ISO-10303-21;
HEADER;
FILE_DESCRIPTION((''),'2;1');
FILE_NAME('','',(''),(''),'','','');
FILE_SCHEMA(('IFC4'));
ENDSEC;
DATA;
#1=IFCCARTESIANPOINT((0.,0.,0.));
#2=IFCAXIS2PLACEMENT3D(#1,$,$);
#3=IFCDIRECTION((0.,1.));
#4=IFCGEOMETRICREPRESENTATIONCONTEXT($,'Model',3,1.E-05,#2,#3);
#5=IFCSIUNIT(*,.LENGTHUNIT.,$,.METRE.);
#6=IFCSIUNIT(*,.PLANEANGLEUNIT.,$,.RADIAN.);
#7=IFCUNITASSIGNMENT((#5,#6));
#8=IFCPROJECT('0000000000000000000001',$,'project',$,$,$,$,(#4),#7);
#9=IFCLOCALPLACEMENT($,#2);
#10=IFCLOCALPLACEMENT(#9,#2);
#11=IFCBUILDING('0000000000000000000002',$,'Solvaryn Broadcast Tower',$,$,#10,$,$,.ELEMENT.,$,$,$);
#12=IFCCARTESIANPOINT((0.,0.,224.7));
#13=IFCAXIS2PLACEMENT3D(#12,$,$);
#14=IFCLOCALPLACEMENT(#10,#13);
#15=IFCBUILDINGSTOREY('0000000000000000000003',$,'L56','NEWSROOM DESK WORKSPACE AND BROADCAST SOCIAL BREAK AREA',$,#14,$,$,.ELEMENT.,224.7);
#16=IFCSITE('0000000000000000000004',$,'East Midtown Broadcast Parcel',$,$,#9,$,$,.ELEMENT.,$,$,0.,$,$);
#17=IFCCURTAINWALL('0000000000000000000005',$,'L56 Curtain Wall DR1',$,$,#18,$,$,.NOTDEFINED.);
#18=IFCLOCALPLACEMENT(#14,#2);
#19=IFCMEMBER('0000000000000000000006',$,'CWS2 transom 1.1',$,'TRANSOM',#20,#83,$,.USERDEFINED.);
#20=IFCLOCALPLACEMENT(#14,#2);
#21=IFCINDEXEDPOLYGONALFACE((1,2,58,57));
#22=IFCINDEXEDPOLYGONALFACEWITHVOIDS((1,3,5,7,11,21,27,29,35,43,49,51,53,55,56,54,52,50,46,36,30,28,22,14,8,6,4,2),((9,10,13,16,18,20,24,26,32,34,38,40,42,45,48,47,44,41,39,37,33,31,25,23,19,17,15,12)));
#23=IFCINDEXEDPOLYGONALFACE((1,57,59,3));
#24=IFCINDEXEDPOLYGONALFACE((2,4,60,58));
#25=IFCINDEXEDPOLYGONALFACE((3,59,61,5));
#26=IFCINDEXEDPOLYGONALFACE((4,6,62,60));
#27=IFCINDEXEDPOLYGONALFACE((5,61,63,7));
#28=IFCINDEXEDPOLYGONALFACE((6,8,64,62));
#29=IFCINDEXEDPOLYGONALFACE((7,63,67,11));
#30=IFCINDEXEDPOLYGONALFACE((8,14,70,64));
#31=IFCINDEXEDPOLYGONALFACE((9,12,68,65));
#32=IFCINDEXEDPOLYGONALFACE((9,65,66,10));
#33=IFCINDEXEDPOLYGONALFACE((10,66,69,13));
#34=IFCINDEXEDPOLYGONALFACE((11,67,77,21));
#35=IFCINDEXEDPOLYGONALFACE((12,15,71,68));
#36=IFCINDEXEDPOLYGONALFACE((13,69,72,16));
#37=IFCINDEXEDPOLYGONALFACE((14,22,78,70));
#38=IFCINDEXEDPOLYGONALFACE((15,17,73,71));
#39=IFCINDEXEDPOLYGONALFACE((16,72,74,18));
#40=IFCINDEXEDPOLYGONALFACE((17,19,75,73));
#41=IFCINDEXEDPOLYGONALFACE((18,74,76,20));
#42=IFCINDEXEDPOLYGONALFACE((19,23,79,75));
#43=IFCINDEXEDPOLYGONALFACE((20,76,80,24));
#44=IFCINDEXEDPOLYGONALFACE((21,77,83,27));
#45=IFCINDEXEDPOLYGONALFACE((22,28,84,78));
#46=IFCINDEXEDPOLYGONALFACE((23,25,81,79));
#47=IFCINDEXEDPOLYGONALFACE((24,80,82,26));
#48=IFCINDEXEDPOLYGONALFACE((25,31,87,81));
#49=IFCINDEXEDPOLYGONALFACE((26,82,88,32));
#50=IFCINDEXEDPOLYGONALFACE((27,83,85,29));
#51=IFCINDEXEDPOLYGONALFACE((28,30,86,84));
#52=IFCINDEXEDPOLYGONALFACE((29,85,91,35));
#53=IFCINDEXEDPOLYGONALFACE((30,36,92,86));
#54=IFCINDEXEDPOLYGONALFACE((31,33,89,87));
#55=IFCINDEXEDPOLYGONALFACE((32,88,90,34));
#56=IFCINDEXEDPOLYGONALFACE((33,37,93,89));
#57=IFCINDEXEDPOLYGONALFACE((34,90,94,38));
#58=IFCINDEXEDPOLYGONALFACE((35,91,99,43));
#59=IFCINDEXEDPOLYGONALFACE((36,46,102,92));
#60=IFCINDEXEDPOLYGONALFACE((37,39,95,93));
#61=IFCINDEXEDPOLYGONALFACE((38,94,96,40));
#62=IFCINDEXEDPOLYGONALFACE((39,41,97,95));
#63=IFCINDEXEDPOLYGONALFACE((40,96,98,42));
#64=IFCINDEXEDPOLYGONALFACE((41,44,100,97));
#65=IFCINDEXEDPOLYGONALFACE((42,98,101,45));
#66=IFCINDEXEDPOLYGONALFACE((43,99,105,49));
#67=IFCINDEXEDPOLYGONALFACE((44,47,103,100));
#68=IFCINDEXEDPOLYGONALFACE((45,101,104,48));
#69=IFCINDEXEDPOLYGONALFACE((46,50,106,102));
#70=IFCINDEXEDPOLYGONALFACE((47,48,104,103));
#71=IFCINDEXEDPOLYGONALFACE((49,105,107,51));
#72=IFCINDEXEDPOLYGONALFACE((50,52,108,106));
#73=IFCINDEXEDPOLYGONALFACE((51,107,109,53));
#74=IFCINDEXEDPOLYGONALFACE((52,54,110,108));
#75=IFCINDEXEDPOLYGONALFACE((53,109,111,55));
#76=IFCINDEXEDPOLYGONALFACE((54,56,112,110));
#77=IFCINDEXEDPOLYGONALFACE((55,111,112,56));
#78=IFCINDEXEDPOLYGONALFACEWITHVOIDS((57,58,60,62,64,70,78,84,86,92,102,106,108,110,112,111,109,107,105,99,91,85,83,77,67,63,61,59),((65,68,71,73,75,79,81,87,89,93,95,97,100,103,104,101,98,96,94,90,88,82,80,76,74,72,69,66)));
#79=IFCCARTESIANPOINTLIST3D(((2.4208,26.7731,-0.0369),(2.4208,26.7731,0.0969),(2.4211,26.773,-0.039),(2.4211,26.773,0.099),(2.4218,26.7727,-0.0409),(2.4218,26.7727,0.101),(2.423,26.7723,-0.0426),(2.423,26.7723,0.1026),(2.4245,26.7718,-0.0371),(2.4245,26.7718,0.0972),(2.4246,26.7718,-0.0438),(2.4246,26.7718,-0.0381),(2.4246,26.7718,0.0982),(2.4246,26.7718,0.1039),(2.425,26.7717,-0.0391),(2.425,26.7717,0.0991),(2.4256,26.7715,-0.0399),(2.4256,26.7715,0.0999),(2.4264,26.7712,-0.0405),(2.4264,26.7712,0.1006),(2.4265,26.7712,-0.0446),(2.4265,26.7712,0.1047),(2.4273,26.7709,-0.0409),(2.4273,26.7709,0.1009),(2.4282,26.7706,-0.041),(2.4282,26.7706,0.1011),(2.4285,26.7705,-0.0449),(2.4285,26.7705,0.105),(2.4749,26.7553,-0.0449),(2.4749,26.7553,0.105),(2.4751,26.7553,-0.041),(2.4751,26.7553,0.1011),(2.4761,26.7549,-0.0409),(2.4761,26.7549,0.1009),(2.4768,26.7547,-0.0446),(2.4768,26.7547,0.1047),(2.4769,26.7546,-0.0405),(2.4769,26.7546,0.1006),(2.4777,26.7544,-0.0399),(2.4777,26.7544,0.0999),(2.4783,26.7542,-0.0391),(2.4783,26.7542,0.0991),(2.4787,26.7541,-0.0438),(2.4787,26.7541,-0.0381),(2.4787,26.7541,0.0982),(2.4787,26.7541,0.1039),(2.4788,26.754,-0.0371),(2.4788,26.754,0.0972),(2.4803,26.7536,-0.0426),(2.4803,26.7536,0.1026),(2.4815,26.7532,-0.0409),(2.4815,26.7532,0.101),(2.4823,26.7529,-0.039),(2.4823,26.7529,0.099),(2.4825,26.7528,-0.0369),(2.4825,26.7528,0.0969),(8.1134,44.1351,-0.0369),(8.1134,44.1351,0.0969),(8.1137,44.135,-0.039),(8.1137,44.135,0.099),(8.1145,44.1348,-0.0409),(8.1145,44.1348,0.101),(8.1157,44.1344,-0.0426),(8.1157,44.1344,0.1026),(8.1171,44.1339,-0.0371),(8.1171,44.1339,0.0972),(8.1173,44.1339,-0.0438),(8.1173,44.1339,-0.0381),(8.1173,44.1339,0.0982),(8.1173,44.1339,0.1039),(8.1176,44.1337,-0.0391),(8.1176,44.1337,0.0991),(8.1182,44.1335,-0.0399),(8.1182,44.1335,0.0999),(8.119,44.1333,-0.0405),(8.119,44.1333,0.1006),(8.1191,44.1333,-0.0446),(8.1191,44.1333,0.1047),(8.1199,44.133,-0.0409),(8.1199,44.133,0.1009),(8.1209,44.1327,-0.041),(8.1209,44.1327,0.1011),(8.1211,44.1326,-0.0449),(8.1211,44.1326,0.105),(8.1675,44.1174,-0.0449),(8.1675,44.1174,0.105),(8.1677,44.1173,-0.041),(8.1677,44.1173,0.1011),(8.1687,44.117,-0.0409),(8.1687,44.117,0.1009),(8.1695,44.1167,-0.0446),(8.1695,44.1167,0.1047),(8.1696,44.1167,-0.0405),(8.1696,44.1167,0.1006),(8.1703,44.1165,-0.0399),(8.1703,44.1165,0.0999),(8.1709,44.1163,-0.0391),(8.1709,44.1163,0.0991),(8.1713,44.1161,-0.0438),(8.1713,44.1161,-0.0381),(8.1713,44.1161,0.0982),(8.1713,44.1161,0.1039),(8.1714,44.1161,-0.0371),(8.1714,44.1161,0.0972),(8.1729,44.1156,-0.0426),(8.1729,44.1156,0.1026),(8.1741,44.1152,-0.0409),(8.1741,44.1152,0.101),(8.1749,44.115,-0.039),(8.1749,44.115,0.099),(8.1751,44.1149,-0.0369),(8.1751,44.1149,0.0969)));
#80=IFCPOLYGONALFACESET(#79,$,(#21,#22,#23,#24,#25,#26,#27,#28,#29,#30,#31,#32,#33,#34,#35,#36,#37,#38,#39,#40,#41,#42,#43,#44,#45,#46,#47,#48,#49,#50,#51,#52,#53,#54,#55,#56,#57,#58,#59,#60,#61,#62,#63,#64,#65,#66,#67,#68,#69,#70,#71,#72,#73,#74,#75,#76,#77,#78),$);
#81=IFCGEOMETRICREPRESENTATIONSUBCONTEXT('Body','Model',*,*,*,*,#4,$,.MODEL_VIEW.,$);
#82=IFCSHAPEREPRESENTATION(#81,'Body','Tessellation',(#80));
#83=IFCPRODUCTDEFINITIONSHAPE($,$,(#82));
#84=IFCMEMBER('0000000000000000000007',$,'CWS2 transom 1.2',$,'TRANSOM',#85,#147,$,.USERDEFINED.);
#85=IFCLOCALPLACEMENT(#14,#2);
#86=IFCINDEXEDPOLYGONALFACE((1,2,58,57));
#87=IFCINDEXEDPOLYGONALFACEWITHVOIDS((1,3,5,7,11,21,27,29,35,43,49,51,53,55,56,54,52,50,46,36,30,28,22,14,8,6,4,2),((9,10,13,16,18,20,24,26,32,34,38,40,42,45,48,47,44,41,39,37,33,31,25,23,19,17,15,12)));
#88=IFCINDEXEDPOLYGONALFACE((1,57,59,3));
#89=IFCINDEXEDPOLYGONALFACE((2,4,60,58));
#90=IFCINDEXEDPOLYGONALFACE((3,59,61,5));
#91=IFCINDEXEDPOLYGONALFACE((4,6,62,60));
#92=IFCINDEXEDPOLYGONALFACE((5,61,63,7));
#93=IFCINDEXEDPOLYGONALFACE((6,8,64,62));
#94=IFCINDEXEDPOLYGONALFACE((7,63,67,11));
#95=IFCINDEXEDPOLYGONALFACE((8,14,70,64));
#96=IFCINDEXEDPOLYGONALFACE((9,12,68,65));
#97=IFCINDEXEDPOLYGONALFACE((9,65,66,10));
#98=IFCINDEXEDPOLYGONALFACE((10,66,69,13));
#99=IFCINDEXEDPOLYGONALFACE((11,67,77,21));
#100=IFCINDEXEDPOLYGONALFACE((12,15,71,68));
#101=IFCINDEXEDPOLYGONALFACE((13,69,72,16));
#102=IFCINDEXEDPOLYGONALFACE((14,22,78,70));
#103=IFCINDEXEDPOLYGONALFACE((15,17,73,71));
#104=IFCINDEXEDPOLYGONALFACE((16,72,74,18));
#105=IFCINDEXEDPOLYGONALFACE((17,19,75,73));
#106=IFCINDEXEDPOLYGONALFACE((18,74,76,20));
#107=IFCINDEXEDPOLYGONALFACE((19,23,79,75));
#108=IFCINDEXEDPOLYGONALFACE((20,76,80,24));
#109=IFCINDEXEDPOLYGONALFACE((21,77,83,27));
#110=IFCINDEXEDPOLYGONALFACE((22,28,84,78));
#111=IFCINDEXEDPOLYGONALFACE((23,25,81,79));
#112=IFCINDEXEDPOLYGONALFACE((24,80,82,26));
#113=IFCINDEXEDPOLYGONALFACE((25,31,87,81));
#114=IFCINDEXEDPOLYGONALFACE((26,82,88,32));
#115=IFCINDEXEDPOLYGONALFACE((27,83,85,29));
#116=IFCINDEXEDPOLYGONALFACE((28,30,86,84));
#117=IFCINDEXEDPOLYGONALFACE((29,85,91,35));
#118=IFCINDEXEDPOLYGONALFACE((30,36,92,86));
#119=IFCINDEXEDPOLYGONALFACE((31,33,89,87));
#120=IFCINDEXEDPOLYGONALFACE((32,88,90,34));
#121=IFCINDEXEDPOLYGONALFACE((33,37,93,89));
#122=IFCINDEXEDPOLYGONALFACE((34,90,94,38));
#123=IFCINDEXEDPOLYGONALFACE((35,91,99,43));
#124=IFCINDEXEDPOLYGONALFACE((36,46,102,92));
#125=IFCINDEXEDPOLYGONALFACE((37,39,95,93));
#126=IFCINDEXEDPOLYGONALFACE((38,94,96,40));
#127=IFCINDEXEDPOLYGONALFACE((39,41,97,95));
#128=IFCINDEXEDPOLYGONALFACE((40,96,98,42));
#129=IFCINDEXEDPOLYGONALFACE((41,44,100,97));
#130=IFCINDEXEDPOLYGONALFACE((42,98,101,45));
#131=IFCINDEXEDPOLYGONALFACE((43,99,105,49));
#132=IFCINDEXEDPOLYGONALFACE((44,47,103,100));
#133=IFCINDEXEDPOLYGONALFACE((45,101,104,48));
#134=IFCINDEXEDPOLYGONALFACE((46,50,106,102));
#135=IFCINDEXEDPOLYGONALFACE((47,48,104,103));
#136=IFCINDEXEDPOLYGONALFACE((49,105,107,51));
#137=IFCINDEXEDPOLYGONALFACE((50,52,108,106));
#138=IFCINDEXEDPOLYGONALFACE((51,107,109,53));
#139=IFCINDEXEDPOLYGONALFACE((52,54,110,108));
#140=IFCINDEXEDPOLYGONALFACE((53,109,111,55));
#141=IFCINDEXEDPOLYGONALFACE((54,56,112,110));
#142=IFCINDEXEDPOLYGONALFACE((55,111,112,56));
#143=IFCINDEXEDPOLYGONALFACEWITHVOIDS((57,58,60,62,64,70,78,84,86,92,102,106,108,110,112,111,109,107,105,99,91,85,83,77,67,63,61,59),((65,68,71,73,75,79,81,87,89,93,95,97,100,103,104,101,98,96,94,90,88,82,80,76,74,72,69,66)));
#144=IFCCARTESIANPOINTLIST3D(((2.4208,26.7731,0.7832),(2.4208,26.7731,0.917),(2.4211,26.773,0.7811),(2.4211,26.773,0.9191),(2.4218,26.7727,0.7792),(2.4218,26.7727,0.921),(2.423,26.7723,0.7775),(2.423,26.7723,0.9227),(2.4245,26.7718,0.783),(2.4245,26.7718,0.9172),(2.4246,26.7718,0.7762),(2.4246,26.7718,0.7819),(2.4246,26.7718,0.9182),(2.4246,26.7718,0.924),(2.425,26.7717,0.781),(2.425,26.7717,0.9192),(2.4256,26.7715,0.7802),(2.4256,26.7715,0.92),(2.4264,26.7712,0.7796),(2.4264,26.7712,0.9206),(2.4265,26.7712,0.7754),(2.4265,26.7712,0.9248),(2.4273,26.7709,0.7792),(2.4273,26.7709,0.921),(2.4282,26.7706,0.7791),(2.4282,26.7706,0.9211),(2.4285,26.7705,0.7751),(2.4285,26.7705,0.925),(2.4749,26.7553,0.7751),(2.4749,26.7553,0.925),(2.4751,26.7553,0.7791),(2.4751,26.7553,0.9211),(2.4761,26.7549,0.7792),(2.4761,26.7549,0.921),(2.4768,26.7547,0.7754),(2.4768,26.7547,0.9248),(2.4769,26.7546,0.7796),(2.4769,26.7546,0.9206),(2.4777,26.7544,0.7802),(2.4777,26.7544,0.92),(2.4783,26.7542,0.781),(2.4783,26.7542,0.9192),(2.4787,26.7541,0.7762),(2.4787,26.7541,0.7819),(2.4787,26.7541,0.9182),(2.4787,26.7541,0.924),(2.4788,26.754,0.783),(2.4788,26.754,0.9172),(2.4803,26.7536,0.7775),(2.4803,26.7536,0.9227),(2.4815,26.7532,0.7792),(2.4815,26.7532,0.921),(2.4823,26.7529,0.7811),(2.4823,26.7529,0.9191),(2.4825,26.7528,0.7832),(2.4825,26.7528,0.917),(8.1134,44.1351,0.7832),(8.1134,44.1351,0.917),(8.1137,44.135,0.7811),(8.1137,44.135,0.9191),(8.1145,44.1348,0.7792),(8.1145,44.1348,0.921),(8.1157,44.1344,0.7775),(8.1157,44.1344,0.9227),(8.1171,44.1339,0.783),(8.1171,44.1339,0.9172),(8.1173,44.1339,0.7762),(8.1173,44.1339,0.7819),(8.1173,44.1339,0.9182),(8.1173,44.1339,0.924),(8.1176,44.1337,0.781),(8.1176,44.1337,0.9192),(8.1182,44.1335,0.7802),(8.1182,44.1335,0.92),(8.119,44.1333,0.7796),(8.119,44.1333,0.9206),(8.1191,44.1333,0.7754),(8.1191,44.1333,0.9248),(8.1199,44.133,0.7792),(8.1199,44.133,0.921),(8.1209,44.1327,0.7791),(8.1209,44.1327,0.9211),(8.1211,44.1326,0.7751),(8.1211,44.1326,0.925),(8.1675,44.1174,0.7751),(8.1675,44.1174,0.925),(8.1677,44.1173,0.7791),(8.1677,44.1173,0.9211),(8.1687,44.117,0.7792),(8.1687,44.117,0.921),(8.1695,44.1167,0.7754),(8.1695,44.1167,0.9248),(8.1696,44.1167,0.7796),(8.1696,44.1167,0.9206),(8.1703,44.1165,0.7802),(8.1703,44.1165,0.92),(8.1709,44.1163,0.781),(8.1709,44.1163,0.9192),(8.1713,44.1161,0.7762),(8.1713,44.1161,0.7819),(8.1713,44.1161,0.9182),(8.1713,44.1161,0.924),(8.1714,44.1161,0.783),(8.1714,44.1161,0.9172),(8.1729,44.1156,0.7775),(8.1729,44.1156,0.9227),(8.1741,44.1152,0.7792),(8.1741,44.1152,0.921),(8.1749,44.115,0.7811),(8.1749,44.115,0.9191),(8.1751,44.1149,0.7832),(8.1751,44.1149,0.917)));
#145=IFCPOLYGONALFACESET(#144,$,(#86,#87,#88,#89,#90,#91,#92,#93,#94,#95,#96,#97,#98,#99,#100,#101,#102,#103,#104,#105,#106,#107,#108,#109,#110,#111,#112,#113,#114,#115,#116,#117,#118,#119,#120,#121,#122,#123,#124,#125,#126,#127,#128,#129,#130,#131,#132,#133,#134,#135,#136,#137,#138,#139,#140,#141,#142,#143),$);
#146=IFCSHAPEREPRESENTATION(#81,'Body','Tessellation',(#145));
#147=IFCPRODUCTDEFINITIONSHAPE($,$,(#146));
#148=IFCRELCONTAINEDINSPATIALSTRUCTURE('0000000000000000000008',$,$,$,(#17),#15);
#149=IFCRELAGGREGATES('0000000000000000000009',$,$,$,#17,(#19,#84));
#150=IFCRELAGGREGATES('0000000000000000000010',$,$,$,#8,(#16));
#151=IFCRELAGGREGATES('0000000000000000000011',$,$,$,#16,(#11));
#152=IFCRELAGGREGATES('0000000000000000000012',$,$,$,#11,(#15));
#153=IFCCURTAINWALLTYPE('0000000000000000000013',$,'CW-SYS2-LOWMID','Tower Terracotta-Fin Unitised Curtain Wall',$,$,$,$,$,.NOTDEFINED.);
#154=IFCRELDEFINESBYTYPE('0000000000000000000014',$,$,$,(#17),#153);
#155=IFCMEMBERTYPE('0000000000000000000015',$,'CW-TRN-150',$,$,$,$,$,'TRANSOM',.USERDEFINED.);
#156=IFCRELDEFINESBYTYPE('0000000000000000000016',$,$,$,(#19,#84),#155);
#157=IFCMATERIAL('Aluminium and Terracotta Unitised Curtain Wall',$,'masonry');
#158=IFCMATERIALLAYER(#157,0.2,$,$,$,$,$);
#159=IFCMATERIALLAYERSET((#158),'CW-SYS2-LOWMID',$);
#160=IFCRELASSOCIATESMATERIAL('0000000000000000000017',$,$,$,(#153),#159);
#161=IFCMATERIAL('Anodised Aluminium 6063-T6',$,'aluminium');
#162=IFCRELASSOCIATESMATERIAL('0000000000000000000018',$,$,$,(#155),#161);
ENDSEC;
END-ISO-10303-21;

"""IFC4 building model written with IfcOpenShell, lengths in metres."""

from ifc_helpers import new_model, si_unit, direction, frame, origin, origin_2d, place, context, subcontext, project, spatial, hollow_rectangle, extrude, material, layer, layer_set, material_profile, profile_set, type_object, element, aggregate, save


model = new_model("IFC4")

# Units and contexts
model_context = context("Model", 3, precision=1e-05, world=origin(), true_north=direction((0.0, 1.0)))
body_context = subcontext(model_context, "Body", "Model", "MODEL_VIEW")
ifc_project = project(units=[si_unit("LENGTHUNIT", "METRE"), si_unit("PLANEANGLEUNIT", "RADIAN")], contexts=[model_context])

# Site, building, storey
site_placement = place(None, origin())
site = spatial("IfcSite", under=ifc_project, at=site_placement, Name="East Midtown Broadcast Parcel", CompositionType="ELEMENT", RefElevation=0.0)
building_placement = place(site_placement, origin())
building = spatial("IfcBuilding", under=site, at=building_placement, Name="Solvaryn Broadcast Tower", CompositionType="ELEMENT")
storey_placement = place(building_placement, frame((0.0, 0.0, 224.7)))
storey = spatial("IfcBuildingStorey", under=building, at=storey_placement, Name="L56", Description="NEWSROOM DESK WORKSPACE AND BROADCAST SOCIAL BREAK AREA", CompositionType="ELEMENT", Elevation=224.7)

# Curtain wall
ifc_material_1 = material(Name="Aluminium and Terracotta Unitised Curtain Wall", Category="masonry")
ifc_layer_1 = layer(ifc_material_1, 0.2)
ifc_layer_set_1 = layer_set([ifc_layer_1], Name="CW-SYS2-LOWMID")
curtain_wall_type = type_object("IfcCurtainWallType", Name="CW-SYS2-LOWMID", Description="Tower Terracotta-Fin Unitised Curtain Wall", PredefinedType="NOTDEFINED", material=ifc_layer_set_1)
curtain_wall_1_placement = place(storey_placement, origin())
curtain_wall_1 = element("IfcCurtainWall", 1, at=curtain_wall_1_placement, inside=storey, type_object=curtain_wall_type, Name="L56 Curtain Wall DR1", PredefinedType="NOTDEFINED")

# Members
ifc_material_2 = material(Name="Anodised Aluminium 6063-T6", Category="aluminium")
ifc_material_profile_1 = material_profile(ifc_material_2, hollow_rectangle(XDim=0.0649, YDim=0.1499, WallThickness=0.0039, InnerFilletRadius=0.0039, OuterFilletRadius=0.0081, at=origin_2d()))
ifc_profile_set_1 = profile_set([ifc_material_profile_1], Name="Anodised Aluminium 6063-T6")
member_type_1 = type_object("IfcMemberType", Name="CW-TRN-150", ElementType="TRANSOM", PredefinedType="USERDEFINED", material=ifc_profile_set_1)
member_1_placement = place(storey_placement, frame((8.1443, 44.125, 0.03), z_axis=(-0.311558, -0.950227, 0.0), x_axis=(0.950227, -0.311558, 0.0)))
member_1 = element("IfcMember", 2, at=member_1_placement, type_object=member_type_1, Name="CWS2 transom 1.1", ObjectType="TRANSOM", PredefinedType="USERDEFINED", context=body_context, shape_type="SweptSolid", body=[
    extrude(hollow_rectangle(XDim=0.0649, YDim=0.1499, WallThickness=0.0039, InnerFilletRadius=0.0039, OuterFilletRadius=0.0081, at=origin_2d()), origin(), (0.0, 0.0, 1.0), 18.2715),
])
member_2_placement = place(storey_placement, frame((8.1443, 44.125, 0.8501), z_axis=(-0.311558, -0.950227, 0.0), x_axis=(0.950227, -0.311558, 0.0)))
member_2 = element("IfcMember", 3, at=member_2_placement, type_object=member_type_1, Name="CWS2 transom 1.2", ObjectType="TRANSOM", PredefinedType="USERDEFINED", context=body_context, shape_type="SweptSolid", body=[
    extrude(hollow_rectangle(XDim=0.0649, YDim=0.1499, WallThickness=0.0039, InnerFilletRadius=0.0039, OuterFilletRadius=0.0081, at=origin_2d()), origin(), (0.0, 0.0, 1.0), 18.2715),
])
aggregate(curtain_wall_1, [member_1, member_2])

save(model, "model.ifc")
